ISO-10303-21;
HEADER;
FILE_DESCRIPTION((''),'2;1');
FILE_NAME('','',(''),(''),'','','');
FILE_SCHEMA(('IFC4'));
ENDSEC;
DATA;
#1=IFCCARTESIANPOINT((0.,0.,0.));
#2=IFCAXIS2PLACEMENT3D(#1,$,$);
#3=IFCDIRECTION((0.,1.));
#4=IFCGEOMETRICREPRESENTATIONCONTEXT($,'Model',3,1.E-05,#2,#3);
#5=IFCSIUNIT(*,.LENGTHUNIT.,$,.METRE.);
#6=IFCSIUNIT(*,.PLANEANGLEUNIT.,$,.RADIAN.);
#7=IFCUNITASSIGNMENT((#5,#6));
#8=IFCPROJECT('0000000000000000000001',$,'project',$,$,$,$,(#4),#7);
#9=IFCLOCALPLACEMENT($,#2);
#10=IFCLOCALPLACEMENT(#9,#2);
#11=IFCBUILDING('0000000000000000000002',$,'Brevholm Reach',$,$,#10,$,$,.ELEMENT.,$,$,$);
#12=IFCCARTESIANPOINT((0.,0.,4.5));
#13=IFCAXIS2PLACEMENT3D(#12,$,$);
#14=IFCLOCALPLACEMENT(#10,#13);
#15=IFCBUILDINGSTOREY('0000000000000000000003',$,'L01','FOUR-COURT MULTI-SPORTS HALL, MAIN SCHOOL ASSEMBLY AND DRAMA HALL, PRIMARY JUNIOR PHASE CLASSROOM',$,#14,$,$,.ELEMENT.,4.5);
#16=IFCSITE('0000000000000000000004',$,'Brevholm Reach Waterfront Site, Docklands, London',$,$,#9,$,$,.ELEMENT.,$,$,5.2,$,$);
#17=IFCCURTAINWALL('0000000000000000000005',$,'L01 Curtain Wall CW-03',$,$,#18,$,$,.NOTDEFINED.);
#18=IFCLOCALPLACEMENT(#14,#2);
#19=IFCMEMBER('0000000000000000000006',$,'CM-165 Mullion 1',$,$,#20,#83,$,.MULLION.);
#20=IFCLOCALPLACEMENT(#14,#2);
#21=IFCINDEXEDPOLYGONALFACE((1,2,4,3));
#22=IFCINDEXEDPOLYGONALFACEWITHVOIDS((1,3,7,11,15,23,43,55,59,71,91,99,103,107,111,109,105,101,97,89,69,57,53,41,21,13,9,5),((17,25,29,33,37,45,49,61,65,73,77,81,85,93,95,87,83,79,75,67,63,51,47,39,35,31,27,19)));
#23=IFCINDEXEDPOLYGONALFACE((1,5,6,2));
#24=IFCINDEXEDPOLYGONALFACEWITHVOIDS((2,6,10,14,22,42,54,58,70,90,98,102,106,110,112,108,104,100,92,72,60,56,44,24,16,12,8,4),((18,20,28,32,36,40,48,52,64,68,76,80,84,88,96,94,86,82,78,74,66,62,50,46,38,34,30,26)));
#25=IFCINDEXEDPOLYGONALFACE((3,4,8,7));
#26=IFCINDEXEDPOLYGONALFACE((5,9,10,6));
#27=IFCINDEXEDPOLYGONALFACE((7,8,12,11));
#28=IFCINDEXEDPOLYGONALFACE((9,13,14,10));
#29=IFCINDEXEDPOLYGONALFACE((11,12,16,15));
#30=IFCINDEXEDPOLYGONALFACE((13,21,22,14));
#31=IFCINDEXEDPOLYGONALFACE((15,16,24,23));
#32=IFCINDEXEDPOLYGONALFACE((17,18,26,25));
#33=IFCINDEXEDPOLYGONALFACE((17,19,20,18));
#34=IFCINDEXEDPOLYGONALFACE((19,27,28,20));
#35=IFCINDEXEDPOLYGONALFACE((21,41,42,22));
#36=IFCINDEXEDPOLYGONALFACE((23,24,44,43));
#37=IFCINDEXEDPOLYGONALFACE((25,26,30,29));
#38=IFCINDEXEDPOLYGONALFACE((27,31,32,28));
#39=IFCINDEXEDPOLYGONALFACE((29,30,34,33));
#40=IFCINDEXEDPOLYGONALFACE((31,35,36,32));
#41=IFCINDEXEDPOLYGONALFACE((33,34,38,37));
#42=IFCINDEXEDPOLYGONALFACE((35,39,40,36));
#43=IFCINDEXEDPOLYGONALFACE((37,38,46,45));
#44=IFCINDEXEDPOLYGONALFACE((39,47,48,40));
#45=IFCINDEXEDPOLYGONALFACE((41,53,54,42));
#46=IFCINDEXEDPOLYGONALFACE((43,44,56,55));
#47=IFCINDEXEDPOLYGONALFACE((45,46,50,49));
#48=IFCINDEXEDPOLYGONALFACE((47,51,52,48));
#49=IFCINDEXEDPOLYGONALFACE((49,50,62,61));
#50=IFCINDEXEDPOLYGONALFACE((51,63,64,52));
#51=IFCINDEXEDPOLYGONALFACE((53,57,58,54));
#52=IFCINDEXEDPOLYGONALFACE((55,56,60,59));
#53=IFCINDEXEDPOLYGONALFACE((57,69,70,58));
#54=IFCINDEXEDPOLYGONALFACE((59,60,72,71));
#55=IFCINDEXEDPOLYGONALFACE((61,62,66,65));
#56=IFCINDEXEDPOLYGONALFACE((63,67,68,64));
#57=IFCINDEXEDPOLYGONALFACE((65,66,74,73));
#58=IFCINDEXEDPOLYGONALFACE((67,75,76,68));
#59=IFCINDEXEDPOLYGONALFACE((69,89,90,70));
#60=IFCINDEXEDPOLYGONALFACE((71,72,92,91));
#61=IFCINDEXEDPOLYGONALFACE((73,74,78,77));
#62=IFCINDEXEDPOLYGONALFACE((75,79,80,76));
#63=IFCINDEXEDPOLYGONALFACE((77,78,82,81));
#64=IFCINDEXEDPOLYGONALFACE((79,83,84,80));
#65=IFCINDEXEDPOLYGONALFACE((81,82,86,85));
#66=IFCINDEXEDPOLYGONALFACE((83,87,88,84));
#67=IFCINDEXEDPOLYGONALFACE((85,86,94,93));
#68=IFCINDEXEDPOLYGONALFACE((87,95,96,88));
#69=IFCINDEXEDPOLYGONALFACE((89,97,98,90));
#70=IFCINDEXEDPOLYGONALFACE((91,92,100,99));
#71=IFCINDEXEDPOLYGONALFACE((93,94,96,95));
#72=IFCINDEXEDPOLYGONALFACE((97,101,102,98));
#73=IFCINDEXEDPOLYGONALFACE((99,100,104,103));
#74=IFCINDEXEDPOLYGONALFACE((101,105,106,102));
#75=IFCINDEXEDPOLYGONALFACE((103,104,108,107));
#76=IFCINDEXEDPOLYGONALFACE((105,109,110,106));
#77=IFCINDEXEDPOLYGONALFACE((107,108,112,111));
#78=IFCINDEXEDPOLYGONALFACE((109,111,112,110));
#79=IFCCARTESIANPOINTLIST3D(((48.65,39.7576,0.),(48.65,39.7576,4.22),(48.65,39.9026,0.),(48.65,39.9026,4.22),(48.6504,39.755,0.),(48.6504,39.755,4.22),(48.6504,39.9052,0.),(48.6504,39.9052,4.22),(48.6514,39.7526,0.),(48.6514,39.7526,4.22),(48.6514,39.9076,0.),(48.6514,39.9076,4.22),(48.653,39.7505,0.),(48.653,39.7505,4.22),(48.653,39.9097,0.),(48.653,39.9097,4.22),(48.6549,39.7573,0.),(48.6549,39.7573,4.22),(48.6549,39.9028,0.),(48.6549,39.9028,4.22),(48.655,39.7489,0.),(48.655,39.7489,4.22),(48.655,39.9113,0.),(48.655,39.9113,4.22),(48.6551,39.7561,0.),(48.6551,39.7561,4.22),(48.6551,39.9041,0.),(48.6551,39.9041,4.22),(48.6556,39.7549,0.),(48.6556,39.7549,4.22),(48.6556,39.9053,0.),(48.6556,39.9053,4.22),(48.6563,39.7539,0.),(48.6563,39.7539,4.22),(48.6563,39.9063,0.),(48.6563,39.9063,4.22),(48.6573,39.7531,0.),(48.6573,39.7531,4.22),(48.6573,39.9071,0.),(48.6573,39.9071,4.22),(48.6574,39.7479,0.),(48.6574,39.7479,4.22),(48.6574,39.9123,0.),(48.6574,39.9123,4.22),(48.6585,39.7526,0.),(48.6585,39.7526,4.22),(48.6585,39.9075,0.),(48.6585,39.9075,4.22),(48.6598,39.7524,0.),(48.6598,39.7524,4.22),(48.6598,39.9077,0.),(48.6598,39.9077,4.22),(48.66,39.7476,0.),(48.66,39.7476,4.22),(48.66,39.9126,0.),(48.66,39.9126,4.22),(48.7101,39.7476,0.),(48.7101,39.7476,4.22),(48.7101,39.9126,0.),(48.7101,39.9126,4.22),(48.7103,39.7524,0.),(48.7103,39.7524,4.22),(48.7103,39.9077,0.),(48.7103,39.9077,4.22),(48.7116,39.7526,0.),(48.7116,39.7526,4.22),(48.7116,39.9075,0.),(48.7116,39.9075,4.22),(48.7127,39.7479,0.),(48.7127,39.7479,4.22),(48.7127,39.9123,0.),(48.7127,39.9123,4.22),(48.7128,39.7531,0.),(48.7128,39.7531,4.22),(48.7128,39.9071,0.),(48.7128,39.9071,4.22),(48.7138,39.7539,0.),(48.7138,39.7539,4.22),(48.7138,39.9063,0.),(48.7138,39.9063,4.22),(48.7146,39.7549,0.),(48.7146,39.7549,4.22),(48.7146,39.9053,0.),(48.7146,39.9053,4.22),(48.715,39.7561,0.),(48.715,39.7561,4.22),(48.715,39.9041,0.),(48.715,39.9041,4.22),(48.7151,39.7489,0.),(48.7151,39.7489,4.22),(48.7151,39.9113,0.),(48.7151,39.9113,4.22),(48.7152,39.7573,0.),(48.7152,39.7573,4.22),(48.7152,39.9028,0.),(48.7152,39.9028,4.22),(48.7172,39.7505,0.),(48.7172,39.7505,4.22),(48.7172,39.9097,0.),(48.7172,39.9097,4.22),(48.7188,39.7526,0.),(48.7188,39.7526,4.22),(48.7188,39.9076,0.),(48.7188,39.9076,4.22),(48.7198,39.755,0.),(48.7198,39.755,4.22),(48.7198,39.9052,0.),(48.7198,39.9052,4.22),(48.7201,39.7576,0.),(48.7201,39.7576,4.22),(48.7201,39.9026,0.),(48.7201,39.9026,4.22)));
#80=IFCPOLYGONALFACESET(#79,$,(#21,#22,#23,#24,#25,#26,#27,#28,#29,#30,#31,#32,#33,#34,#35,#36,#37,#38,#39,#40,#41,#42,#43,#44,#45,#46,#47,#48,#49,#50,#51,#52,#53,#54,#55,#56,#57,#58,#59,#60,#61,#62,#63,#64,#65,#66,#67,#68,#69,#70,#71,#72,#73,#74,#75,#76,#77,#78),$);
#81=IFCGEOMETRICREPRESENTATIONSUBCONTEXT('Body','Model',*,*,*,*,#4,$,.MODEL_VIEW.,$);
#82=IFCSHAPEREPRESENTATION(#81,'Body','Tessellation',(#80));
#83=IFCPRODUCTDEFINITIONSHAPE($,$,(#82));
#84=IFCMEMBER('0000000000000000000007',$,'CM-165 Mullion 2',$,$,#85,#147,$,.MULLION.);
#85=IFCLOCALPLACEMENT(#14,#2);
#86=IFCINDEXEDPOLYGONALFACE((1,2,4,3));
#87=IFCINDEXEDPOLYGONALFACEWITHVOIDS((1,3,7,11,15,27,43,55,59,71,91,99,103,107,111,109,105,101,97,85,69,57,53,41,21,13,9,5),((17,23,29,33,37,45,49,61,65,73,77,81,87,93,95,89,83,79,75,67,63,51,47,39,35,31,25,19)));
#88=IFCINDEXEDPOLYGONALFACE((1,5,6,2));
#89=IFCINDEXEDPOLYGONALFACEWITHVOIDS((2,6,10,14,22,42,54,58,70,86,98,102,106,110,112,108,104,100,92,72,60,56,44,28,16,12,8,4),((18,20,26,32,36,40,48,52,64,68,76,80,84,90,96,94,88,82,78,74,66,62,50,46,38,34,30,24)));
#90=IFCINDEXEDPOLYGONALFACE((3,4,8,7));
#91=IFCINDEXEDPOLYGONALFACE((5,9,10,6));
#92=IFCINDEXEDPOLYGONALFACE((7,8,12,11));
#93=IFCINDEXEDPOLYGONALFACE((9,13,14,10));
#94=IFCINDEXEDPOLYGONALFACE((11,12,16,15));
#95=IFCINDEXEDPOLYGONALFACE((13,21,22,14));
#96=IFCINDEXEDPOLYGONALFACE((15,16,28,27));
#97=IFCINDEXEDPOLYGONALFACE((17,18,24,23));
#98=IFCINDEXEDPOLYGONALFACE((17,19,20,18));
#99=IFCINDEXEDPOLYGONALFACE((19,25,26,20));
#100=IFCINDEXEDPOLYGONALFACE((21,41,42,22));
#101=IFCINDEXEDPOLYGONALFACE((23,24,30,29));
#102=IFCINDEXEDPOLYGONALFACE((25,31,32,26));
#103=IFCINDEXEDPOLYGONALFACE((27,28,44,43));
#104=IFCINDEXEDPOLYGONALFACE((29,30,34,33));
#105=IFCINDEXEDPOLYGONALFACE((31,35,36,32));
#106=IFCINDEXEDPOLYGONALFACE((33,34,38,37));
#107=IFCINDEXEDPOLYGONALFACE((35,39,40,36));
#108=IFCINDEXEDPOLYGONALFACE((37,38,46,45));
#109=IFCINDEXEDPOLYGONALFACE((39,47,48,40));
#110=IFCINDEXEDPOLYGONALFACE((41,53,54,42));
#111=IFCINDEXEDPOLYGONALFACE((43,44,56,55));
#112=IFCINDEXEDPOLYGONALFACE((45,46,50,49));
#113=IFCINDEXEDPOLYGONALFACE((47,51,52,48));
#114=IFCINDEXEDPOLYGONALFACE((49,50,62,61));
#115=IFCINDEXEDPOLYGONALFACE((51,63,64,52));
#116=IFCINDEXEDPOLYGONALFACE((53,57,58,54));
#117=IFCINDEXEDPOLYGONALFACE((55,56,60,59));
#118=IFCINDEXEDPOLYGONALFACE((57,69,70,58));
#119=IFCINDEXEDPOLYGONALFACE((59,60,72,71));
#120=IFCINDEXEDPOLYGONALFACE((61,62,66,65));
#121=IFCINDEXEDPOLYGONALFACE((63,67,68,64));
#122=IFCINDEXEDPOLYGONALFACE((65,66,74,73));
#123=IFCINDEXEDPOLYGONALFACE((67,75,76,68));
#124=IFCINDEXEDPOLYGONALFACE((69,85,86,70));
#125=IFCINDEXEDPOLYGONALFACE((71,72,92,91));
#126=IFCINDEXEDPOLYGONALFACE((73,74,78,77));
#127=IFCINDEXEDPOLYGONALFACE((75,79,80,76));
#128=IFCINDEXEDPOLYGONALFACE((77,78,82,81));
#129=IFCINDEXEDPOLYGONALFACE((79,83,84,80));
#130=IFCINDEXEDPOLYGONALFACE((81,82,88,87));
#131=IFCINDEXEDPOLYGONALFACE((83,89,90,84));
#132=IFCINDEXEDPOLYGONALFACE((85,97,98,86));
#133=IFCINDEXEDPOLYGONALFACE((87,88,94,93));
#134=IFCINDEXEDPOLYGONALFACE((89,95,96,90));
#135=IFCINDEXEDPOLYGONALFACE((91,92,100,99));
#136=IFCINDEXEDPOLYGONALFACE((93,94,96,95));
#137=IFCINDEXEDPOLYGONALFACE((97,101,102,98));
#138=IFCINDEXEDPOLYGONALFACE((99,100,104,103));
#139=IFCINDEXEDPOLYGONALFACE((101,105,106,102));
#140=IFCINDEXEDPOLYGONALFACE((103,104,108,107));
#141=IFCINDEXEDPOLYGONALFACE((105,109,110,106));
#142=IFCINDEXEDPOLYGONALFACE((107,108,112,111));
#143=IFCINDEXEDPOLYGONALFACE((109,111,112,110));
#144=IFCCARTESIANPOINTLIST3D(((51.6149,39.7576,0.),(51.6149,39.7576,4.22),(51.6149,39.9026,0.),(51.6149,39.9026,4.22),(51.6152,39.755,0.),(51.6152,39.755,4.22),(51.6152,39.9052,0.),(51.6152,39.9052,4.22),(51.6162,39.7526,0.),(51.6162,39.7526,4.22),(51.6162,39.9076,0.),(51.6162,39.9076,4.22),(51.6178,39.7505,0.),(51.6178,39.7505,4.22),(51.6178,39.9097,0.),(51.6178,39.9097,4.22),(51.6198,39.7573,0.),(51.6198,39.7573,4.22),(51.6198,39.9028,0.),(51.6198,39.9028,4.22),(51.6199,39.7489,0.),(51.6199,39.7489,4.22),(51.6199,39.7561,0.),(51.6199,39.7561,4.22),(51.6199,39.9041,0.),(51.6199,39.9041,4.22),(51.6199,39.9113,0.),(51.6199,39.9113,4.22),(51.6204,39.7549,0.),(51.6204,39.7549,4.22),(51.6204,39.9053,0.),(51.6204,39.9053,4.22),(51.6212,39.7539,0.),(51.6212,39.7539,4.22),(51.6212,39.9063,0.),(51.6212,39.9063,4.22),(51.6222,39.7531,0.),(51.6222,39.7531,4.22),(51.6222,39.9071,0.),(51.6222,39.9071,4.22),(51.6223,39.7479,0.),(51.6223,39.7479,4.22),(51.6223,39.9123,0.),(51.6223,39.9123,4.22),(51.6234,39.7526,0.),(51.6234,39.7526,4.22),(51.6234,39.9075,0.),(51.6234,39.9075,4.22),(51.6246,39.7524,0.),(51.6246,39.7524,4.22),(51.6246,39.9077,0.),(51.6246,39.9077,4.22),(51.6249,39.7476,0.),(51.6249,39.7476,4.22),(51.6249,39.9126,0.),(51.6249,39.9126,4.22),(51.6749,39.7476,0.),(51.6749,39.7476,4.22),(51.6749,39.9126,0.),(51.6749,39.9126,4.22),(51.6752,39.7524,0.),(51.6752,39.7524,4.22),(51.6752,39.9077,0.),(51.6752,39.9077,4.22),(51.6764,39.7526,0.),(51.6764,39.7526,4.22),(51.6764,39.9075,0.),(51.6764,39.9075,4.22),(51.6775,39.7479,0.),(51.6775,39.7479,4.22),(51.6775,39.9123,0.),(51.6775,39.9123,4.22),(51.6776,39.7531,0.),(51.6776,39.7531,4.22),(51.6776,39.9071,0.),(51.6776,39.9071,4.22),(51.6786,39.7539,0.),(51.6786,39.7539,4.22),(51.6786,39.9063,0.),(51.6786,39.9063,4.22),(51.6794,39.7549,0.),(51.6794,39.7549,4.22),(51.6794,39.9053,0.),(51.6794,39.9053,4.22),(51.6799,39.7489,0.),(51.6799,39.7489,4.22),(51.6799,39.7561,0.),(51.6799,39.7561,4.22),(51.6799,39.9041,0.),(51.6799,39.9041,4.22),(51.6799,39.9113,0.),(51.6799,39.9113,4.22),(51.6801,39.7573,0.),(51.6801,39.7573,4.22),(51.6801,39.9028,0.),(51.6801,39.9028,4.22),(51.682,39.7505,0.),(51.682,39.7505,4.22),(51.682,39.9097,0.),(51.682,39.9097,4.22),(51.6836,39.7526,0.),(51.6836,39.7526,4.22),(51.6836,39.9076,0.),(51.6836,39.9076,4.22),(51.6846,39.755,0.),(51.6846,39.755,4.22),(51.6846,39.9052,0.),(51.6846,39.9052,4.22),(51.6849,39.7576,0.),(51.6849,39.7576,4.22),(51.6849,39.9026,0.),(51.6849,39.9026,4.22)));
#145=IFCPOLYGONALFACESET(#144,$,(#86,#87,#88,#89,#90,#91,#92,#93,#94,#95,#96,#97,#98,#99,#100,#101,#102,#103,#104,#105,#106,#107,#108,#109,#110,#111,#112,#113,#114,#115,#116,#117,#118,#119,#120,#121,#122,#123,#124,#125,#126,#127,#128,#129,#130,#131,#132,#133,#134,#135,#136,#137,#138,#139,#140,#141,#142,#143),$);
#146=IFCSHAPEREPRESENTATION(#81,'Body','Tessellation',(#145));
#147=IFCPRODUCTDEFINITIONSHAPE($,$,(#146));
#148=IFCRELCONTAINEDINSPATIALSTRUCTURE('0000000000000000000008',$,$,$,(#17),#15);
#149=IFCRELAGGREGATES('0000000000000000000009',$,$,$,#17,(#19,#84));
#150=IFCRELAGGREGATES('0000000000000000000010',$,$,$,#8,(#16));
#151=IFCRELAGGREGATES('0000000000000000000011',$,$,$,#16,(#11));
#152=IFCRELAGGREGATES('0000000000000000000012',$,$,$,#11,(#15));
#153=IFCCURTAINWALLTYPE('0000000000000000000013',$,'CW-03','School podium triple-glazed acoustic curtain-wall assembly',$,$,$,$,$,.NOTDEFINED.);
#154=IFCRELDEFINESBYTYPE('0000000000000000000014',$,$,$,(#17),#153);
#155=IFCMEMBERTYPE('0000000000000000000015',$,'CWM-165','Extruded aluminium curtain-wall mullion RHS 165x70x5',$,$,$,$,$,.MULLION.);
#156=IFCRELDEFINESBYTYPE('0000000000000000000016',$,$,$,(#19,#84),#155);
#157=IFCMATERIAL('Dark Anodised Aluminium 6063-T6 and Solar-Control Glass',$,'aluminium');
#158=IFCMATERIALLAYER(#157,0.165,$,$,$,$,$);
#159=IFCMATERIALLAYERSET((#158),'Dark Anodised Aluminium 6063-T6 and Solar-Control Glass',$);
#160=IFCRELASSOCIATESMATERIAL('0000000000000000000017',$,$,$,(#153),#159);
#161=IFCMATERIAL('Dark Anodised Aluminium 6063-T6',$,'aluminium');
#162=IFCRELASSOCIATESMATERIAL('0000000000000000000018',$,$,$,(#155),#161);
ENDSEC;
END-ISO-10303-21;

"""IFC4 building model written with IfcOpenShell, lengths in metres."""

from ifc_helpers import new_model, si_unit, direction, frame, origin, origin_2d, place, context, subcontext, project, spatial, hollow_rectangle, extrude, material, layer, layer_set, material_profile, profile_set, type_object, element, aggregate, save


model = new_model("IFC4")

# Units and contexts
model_context = context("Model", 3, precision=1e-05, world=origin(), true_north=direction((0.0, 1.0)))
body_context = subcontext(model_context, "Body", "Model", "MODEL_VIEW")
ifc_project = project(units=[si_unit("LENGTHUNIT", "METRE"), si_unit("PLANEANGLEUNIT", "RADIAN")], contexts=[model_context])

# Site, building, storey
site_placement = place(None, origin())
site = spatial("IfcSite", under=ifc_project, at=site_placement, Name="Brevholm Reach Waterfront Site, Docklands, London", CompositionType="ELEMENT", RefElevation=5.2)
building_placement = place(site_placement, origin())
building = spatial("IfcBuilding", under=site, at=building_placement, Name="Brevholm Reach", CompositionType="ELEMENT")
storey_placement = place(building_placement, frame((0.0, 0.0, 4.5)))
storey = spatial("IfcBuildingStorey", under=building, at=storey_placement, Name="L01", Description="FOUR-COURT MULTI-SPORTS HALL, MAIN SCHOOL ASSEMBLY AND DRAMA HALL, PRIMARY JUNIOR PHASE CLASSROOM", CompositionType="ELEMENT", Elevation=4.5)

# Shared definitions
ifc_material_1 = material(Name="Dark Anodised Aluminium 6063-T6 and Solar-Control Glass", Category="aluminium")
ifc_layer_1 = layer(ifc_material_1, 0.165)
ifc_layer_set_1 = layer_set([ifc_layer_1], Name="Dark Anodised Aluminium 6063-T6 and Solar-Control Glass")
curtain_wall_type = type_object("IfcCurtainWallType", Name="CW-03", Description="School podium triple-glazed acoustic curtain-wall assembly", PredefinedType="NOTDEFINED", material=ifc_layer_set_1)
ifc_material_2 = material(Name="Dark Anodised Aluminium 6063-T6", Category="aluminium")
ifc_material_profile_1 = material_profile(ifc_material_2, hollow_rectangle(XDim=0.0701, YDim=0.165, WallThickness=0.0049, InnerFilletRadius=0.0049, OuterFilletRadius=0.01, at=origin_2d()), Name="RHS 165x70x5")
ifc_profile_set_1 = profile_set([ifc_material_profile_1], Name="Dark Anodised Aluminium 6063-T6")
member_type_1 = type_object("IfcMemberType", Name="CWM-165", Description="Extruded aluminium curtain-wall mullion RHS 165x70x5", PredefinedType="MULLION", material=ifc_profile_set_1)

# Curtain wall, members
curtain_wall_1_placement = place(storey_placement, origin())
curtain_wall_1 = element("IfcCurtainWall", 1, at=curtain_wall_1_placement, inside=storey, type_object=curtain_wall_type, Name="L01 Curtain Wall CW-03", PredefinedType="NOTDEFINED")
member_1_placement = place(storey_placement, frame((48.6851, 39.8301, 0.0), z_axis=(0.0, 0.0, 1.0), x_axis=(1.0, 0.0, 0.0)))
member_1 = element("IfcMember", 2, at=member_1_placement, type_object=member_type_1, Name="CM-165 Mullion 1", PredefinedType="MULLION", context=body_context, shape_type="SweptSolid", body=[
    extrude(hollow_rectangle(XDim=0.0701, YDim=0.165, WallThickness=0.0049, InnerFilletRadius=0.0049, OuterFilletRadius=0.01, at=origin_2d()), origin(), (0.0, 0.0, 1.0), 4.22),
])
member_2_placement = place(storey_placement, frame((51.6499, 39.8301, 0.0), z_axis=(0.0, 0.0, 1.0), x_axis=(1.0, 0.0, 0.0)))
member_2 = element("IfcMember", 3, at=member_2_placement, type_object=member_type_1, Name="CM-165 Mullion 2", PredefinedType="MULLION", context=body_context, shape_type="SweptSolid", body=[
    extrude(hollow_rectangle(XDim=0.0701, YDim=0.165, WallThickness=0.0049, InnerFilletRadius=0.0049, OuterFilletRadius=0.01, at=origin_2d()), origin(), (0.0, 0.0, 1.0), 4.22),
])

aggregate(curtain_wall_1, [member_1, member_2])

save(model, "model.ifc")
